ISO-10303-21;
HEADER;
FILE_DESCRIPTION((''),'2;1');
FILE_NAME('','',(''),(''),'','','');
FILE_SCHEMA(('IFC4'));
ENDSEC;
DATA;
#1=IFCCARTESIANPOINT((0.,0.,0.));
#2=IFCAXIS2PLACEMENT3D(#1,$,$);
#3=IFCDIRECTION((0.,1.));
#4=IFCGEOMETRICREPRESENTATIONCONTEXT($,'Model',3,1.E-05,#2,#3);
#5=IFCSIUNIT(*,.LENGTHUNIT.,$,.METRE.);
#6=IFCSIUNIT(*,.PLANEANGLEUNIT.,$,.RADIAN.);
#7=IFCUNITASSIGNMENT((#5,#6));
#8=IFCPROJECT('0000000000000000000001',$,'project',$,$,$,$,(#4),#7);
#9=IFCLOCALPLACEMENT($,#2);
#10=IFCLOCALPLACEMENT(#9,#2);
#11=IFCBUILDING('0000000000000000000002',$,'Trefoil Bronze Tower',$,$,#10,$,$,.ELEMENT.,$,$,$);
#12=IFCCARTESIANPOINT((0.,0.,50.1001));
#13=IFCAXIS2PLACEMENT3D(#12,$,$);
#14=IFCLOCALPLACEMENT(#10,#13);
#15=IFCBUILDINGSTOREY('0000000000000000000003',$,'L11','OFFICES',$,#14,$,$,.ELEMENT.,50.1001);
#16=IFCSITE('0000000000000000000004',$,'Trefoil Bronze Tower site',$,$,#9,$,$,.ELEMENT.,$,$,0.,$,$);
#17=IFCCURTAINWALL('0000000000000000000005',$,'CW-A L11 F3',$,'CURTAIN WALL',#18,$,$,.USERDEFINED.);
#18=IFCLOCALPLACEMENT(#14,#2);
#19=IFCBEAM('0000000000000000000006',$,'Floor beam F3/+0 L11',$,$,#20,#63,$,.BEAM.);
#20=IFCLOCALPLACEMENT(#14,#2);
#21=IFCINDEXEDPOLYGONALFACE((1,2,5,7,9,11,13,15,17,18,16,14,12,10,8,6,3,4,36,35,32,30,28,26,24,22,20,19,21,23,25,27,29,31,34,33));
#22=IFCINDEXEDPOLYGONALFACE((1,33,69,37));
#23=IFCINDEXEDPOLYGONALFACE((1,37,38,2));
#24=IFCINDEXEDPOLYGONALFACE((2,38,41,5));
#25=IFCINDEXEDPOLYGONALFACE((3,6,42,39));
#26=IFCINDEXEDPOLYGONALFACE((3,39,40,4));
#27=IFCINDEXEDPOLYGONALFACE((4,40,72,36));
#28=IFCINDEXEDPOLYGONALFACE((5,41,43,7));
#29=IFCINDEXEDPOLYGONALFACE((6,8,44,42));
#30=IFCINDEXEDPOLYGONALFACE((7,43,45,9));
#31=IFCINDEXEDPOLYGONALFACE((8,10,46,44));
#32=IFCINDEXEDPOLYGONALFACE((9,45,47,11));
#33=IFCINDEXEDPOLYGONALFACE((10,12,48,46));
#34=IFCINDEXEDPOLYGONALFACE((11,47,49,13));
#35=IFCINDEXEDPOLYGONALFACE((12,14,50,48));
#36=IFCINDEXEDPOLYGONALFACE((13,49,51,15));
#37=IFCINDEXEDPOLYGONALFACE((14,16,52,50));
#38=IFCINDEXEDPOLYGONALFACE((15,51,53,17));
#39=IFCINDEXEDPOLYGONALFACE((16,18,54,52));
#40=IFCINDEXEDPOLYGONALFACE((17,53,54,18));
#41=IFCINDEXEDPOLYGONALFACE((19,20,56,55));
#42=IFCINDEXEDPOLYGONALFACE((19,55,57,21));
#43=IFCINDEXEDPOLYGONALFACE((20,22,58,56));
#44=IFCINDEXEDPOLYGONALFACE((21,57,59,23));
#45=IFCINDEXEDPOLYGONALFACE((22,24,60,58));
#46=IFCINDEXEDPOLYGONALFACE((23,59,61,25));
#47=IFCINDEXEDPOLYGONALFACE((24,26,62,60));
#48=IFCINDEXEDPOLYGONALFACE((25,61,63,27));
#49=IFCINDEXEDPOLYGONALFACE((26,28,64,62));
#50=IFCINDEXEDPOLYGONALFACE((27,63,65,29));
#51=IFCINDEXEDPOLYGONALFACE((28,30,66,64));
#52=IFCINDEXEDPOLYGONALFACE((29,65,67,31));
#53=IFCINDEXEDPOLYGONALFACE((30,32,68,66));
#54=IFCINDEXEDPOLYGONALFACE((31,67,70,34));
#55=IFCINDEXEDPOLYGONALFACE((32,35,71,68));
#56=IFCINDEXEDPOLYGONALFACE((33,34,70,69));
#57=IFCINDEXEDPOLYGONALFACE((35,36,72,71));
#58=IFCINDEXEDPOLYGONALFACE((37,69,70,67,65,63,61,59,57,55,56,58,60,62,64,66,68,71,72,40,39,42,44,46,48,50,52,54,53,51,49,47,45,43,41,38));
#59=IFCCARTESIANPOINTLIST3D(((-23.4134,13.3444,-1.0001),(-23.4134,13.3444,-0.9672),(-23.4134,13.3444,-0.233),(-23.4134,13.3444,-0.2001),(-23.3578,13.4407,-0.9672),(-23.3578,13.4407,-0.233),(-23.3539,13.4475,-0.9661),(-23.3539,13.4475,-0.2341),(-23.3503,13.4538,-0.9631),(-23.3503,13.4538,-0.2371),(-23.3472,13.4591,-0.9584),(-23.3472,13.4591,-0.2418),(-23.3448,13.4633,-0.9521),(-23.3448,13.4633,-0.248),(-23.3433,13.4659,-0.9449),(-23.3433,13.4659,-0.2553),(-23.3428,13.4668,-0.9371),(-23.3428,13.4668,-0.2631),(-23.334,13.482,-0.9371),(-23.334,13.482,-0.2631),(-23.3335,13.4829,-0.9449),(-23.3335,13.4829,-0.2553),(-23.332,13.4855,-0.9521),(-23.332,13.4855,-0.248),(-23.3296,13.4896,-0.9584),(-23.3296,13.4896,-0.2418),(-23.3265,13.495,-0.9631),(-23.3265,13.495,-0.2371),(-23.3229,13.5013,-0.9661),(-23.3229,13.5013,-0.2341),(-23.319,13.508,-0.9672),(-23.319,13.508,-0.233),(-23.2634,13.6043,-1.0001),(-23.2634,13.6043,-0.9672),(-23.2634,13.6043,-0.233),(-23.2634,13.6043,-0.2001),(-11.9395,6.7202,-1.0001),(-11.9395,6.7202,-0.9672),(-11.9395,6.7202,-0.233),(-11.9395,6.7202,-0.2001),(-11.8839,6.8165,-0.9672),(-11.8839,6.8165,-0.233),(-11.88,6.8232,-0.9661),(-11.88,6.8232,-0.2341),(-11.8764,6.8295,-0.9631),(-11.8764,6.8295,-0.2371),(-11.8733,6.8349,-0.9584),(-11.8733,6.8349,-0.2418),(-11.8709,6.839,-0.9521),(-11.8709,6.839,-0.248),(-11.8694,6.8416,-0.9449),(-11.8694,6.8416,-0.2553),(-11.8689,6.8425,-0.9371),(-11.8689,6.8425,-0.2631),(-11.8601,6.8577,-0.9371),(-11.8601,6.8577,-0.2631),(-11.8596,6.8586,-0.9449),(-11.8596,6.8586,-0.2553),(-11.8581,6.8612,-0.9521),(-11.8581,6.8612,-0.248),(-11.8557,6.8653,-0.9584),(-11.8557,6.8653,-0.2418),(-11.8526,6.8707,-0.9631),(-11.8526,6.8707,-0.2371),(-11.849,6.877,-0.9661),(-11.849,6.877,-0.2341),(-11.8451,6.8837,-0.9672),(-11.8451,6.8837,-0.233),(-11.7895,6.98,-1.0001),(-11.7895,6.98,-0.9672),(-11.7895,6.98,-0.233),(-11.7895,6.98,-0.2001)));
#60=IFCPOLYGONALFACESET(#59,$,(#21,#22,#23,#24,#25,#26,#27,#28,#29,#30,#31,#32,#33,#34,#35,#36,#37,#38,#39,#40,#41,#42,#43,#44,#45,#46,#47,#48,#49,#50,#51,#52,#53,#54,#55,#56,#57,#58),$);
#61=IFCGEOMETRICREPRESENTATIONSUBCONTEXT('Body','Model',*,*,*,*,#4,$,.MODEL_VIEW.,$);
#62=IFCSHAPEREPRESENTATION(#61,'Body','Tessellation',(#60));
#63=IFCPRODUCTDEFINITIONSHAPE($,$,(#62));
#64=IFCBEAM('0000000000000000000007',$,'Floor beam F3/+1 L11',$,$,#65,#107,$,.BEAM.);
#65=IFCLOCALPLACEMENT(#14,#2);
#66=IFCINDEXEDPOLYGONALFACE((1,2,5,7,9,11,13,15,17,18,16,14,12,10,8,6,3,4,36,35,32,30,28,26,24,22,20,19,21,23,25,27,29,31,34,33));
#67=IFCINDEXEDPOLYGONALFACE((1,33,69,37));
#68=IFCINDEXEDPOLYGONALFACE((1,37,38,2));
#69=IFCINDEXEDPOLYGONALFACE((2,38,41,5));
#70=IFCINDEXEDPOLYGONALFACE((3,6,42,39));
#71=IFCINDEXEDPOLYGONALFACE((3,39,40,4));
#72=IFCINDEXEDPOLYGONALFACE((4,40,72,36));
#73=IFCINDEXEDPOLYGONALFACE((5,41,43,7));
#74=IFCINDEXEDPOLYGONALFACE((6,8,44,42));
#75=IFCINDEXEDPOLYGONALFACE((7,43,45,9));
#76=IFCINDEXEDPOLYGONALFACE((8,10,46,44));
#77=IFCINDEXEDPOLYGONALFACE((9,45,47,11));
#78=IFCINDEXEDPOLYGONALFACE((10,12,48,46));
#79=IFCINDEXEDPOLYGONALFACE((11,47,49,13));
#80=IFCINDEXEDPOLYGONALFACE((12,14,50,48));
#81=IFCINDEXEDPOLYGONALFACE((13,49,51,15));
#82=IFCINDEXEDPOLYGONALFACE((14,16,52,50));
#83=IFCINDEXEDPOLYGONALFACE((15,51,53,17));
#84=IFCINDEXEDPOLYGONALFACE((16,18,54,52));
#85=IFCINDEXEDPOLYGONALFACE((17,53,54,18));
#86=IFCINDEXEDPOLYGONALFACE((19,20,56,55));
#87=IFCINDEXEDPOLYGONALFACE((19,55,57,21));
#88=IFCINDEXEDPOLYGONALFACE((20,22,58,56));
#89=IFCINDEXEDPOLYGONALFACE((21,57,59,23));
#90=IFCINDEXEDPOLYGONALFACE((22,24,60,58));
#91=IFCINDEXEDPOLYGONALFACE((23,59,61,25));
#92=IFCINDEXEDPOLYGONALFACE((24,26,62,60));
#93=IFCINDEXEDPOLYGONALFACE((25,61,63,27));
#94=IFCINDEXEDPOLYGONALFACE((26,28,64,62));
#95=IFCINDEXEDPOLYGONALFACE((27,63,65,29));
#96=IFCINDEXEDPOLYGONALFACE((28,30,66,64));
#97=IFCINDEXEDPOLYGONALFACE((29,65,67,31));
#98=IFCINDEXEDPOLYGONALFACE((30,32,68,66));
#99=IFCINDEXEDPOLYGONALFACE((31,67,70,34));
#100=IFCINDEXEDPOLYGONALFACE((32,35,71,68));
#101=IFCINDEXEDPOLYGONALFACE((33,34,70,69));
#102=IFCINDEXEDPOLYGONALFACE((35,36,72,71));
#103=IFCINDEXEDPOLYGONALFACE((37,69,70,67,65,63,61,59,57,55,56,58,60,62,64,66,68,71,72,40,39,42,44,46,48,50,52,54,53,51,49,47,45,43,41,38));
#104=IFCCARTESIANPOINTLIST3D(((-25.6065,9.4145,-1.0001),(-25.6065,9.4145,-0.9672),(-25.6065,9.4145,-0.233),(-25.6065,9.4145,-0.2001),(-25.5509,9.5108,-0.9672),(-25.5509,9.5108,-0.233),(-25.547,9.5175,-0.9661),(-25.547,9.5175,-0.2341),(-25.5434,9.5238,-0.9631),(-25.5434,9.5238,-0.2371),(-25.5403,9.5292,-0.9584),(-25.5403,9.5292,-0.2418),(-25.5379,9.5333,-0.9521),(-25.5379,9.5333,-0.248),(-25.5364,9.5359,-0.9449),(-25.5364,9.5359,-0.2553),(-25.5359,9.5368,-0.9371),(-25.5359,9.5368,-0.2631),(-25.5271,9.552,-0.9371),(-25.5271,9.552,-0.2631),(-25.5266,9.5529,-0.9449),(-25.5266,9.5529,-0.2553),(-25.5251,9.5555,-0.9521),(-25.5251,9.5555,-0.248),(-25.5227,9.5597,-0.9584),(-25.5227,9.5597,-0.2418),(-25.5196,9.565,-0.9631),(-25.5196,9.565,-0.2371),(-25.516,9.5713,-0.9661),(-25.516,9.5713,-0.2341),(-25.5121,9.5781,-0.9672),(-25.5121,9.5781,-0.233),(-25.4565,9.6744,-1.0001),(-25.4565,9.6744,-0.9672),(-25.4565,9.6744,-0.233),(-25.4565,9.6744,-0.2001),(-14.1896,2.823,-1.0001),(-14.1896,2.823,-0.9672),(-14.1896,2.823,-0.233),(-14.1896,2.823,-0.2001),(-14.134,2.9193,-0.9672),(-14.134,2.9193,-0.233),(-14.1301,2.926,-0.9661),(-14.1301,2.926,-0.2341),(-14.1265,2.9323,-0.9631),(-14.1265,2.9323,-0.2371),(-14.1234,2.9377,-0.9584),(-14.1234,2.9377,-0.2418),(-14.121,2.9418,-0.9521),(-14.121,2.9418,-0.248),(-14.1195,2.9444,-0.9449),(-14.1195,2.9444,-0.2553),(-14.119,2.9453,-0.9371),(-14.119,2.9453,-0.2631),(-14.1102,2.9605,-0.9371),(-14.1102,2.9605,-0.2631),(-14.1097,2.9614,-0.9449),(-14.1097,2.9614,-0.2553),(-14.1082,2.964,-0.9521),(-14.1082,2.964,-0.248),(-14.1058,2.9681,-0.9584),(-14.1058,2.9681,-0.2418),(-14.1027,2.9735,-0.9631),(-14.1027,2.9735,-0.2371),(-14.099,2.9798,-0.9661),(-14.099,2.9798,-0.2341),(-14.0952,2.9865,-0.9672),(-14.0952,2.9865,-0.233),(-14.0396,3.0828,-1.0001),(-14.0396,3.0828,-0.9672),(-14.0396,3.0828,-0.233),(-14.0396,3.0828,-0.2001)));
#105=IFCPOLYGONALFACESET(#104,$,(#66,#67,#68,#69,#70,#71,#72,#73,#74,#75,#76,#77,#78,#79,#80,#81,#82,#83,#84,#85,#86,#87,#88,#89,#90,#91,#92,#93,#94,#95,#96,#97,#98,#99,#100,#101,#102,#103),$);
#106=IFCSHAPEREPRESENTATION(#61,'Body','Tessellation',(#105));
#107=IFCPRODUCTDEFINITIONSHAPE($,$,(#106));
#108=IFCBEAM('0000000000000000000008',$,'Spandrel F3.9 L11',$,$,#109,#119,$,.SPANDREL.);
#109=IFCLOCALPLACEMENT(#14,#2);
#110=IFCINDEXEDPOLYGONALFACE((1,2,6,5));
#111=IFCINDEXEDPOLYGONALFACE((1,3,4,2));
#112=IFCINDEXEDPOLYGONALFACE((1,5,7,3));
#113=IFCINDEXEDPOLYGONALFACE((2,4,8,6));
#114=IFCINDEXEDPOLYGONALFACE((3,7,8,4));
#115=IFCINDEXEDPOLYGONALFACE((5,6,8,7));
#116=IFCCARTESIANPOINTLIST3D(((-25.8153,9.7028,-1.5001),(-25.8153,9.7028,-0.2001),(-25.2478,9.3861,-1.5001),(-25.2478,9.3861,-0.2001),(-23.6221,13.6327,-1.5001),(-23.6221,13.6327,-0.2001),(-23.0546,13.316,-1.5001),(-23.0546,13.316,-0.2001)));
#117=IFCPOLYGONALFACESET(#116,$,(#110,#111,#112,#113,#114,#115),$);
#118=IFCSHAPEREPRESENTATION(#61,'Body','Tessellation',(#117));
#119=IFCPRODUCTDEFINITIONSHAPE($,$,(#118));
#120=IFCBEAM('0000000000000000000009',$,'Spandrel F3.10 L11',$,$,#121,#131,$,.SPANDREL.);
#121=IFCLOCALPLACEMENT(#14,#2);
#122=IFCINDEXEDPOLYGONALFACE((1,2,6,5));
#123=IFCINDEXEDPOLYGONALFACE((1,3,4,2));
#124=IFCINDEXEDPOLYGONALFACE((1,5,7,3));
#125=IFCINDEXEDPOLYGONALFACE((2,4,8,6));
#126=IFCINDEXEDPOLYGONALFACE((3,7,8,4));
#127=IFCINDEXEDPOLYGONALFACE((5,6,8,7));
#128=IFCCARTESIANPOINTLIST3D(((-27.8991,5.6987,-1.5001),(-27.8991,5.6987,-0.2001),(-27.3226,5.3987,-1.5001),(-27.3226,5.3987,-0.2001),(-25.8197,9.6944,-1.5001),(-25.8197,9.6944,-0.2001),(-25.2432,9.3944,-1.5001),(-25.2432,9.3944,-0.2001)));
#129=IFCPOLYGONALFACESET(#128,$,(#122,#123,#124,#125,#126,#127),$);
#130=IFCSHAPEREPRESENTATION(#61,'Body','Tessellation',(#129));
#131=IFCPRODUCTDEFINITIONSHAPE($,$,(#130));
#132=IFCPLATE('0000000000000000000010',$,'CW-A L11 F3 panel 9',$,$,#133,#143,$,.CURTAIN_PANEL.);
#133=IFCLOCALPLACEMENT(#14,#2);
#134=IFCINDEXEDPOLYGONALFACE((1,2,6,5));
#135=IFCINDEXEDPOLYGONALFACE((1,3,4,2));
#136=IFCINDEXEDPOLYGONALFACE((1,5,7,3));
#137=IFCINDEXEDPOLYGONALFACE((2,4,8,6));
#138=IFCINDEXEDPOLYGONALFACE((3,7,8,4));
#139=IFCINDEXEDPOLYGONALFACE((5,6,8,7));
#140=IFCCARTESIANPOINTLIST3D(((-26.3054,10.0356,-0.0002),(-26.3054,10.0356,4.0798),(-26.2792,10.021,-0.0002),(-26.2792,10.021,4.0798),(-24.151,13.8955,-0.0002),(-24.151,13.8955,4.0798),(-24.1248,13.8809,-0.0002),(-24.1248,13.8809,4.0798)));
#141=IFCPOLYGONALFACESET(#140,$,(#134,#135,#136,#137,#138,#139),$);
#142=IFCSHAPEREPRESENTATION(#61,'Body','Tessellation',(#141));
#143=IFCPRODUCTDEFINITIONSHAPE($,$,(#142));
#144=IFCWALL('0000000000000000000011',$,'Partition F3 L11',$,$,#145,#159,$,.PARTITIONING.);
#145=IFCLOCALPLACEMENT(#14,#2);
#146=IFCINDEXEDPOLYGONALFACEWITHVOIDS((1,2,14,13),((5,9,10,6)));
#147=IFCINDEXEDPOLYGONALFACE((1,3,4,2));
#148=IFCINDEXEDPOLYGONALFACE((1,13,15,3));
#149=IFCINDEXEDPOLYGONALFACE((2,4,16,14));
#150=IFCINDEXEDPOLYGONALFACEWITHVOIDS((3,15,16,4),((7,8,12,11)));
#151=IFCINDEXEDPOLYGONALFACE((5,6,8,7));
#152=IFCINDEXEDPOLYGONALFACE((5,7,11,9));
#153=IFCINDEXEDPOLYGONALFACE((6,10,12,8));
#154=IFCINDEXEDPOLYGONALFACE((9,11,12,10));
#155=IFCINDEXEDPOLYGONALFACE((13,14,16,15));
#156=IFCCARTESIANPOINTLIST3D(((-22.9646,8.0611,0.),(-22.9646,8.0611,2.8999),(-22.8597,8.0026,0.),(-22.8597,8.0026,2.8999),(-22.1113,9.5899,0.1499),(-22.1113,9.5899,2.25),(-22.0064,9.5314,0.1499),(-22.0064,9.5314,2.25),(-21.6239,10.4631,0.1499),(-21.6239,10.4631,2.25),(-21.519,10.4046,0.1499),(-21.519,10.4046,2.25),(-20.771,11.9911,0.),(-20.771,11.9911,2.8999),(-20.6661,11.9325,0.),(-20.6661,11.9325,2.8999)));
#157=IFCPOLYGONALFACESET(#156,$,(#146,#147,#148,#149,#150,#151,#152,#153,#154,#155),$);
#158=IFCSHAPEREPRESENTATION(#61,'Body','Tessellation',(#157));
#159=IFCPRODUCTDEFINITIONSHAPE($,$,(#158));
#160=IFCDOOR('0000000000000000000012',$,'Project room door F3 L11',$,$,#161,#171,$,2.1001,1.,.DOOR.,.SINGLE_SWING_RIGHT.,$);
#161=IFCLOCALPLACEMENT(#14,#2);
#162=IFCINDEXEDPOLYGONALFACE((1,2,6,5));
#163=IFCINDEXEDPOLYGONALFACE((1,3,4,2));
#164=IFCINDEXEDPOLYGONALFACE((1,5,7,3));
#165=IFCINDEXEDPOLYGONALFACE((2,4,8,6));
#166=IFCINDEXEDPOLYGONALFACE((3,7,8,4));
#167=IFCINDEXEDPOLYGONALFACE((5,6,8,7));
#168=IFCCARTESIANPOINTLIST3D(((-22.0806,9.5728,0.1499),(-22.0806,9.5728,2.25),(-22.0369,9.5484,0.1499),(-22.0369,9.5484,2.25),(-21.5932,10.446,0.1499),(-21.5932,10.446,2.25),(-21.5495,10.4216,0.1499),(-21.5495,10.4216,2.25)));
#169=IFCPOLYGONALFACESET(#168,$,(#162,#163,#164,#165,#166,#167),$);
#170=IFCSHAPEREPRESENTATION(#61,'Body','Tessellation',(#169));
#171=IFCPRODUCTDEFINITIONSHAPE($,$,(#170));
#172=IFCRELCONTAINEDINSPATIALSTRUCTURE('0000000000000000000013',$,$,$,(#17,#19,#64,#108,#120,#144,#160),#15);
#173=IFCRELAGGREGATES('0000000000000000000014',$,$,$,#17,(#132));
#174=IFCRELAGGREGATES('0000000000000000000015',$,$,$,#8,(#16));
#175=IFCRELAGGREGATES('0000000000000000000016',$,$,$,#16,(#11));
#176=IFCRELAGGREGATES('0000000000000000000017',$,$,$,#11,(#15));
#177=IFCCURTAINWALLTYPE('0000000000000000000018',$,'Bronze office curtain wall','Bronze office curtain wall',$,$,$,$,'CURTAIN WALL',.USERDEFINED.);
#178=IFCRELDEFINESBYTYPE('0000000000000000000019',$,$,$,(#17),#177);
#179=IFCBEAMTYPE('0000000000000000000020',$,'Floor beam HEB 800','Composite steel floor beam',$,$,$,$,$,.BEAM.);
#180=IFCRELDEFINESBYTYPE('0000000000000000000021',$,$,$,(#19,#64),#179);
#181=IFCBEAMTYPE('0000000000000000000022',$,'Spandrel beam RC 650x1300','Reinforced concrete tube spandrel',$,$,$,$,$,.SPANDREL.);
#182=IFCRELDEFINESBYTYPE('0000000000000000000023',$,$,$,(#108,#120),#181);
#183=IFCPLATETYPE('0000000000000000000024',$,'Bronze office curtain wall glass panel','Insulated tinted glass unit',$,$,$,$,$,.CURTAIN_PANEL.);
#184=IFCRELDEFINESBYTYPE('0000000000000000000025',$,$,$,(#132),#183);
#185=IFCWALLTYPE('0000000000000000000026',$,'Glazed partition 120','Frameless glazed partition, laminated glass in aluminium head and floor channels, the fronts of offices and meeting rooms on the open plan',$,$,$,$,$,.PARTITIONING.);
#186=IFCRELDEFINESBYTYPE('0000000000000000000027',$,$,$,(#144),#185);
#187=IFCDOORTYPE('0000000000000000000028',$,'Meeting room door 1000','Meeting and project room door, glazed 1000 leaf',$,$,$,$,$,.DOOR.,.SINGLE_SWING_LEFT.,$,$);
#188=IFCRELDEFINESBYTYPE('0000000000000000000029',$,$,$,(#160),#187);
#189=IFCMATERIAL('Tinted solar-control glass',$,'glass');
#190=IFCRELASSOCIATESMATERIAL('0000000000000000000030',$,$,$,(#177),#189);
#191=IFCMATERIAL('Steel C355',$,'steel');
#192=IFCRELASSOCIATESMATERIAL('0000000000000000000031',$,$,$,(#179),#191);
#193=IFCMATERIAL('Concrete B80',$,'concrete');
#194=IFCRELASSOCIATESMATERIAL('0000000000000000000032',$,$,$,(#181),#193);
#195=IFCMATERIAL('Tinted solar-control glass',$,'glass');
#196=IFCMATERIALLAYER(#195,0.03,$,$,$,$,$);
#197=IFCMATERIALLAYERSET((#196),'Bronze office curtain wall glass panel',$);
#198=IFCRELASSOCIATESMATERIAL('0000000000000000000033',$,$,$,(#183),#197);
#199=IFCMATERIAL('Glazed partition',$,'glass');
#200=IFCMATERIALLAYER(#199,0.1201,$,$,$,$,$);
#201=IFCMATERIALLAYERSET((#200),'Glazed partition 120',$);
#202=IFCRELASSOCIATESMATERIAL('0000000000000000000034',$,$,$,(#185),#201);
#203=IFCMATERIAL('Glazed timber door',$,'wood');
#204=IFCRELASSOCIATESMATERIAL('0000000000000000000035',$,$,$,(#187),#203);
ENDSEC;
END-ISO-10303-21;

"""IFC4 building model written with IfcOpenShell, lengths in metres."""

from ifc_helpers import new_model, si_unit, direction, frame, frame_2d, origin, origin_2d, place, context, subcontext, project, spatial, rectangle, i_section, extrude, material, layer, layer_set, material_profile, profile_set, type_object, element, fill, aggregate, save


model = new_model("IFC4")

# Units and contexts
model_context = context("Model", 3, precision=1e-05, world=origin(), true_north=direction((0.0, 1.0)))
body_context = subcontext(model_context, "Body", "Model", "MODEL_VIEW")
ifc_project = project(units=[si_unit("LENGTHUNIT", "METRE"), si_unit("PLANEANGLEUNIT", "RADIAN")], contexts=[model_context])

# Site, building, storey
site_placement = place(None, origin())
site = spatial("IfcSite", under=ifc_project, at=site_placement, Name="Trefoil Bronze Tower site", CompositionType="ELEMENT", RefElevation=0.0)
building_placement = place(site_placement, origin())
building = spatial("IfcBuilding", under=site, at=building_placement, Name="Trefoil Bronze Tower", CompositionType="ELEMENT")
storey_placement = place(building_placement, frame((0.0, 0.0, 50.1001)))
storey = spatial("IfcBuildingStorey", under=building, at=storey_placement, Name="L11", Description="OFFICES", CompositionType="ELEMENT", Elevation=50.1001)

# Curtain wall
ifc_material_1 = material(Name="Tinted solar-control glass", Category="glass")
curtain_wall_type = type_object("IfcCurtainWallType", Name="Bronze office curtain wall", Description="Bronze office curtain wall", ElementType="CURTAIN WALL", PredefinedType="USERDEFINED", material=ifc_material_1)
curtain_wall_placement = place(storey_placement, origin())
curtain_wall = element("IfcCurtainWall", 1, at=curtain_wall_placement, inside=storey, type_object=curtain_wall_type, Name="CW-A L11 F3", ObjectType="CURTAIN WALL", PredefinedType="USERDEFINED")

# Beams
ifc_material_2 = material(Name="Steel C355", Category="steel")
ifc_material_profile_1 = material_profile(ifc_material_2, i_section(OverallWidth=0.3, OverallDepth=0.8, WebThickness=0.0176, FlangeThickness=0.033, FilletRadius=0.03, at=origin_2d()), Name="HEB 800")
ifc_profile_set_1 = profile_set([ifc_material_profile_1], Name="Steel C355")
beam_type_1 = type_object("IfcBeamType", Name="Floor beam HEB 800", Description="Composite steel floor beam", PredefinedType="BEAM", material=ifc_profile_set_1)
beam_1_placement = place(storey_placement, frame((-23.3384, 13.4744, -0.6001), z_axis=(0.866031, -0.49999, 0.0), x_axis=(0.49999, 0.866031, 0.0)))
element("IfcBeam", 2, at=beam_1_placement, inside=storey, type_object=beam_type_1, Name="Floor beam F3/+0 L11", PredefinedType="BEAM", context=body_context, shape_type="SweptSolid", body=[
    extrude(i_section(OverallWidth=0.3, OverallDepth=0.8, WebThickness=0.0176, FlangeThickness=0.033, FilletRadius=0.03, at=origin_2d()), origin(), (0.0, 0.0, 1.0), 13.2488),
])
beam_2_placement = place(storey_placement, frame((-25.5315, 9.5444, -0.6001), z_axis=(0.866027, -0.499997, 0.0), x_axis=(0.499997, 0.866027, 0.0)))
element("IfcBeam", 3, at=beam_2_placement, inside=storey, type_object=beam_type_1, Name="Floor beam F3/+1 L11", PredefinedType="BEAM", context=body_context, shape_type="SweptSolid", body=[
    extrude(i_section(OverallWidth=0.3, OverallDepth=0.8, WebThickness=0.0176, FlangeThickness=0.033, FilletRadius=0.03, at=origin_2d()), origin(), (0.0, 0.0, 1.0), 13.1831),
])
ifc_material_3 = material(Name="Concrete B80", Category="concrete")
ifc_material_profile_2 = material_profile(ifc_material_3, rectangle(XDim=0.6499, YDim=1.3, at=origin_2d()), Name="RC 650x1300")
ifc_profile_set_2 = profile_set([ifc_material_profile_2], Name="Concrete B80")
beam_type_2 = type_object("IfcBeamType", Name="Spandrel beam RC 650x1300", Description="Reinforced concrete tube spandrel", PredefinedType="SPANDREL", material=ifc_profile_set_2)
beam_3_placement = place(storey_placement, frame((-23.3384, 13.4744, -0.8501), z_axis=(-0.487309, -0.873229, 0.0), x_axis=(0.873229, -0.487309, 0.0)))
element("IfcBeam", 4, at=beam_3_placement, inside=storey, type_object=beam_type_2, Name="Spandrel F3.9 L11", PredefinedType="SPANDREL", context=body_context, shape_type="SweptSolid", body=[
    extrude(rectangle(XDim=0.6499, YDim=1.3, at=origin_2d()), origin(), (0.0, 0.0, 1.0), 4.5005),
])
beam_4_placement = place(storey_placement, frame((-25.5315, 9.5444, -0.8501), z_axis=(-0.461638, -0.887069, 0.0), x_axis=(0.887069, -0.461638, 0.0)))
element("IfcBeam", 5, at=beam_4_placement, inside=storey, type_object=beam_type_2, Name="Spandrel F3.10 L11", PredefinedType="SPANDREL", context=body_context, shape_type="SweptSolid", body=[
    extrude(rectangle(XDim=0.6499, YDim=1.3, at=origin_2d()), origin(), (0.0, 0.0, 1.0), 4.5044),
])

# Plate
ifc_material_4 = material(Name="Tinted solar-control glass", Category="glass")
ifc_layer_1 = layer(ifc_material_4, 0.03)
ifc_layer_set_1 = layer_set([ifc_layer_1], Name="Bronze office curtain wall glass panel")
plate_type = type_object("IfcPlateType", Name="Bronze office curtain wall glass panel", Description="Insulated tinted glass unit", PredefinedType="CURTAIN_PANEL", material=ifc_layer_set_1)
plate_placement = place(storey_placement, frame((-25.2151, 11.9583, -0.0002), z_axis=(0.0, 0.0, 1.0), x_axis=(-0.487382, -0.873189, 0.0)))
plate = element("IfcPlate", 6, at=plate_placement, type_object=plate_type, Name="CW-A L11 F3 panel 9", PredefinedType="CURTAIN_PANEL", context=body_context, shape_type="SweptSolid", body=[
    extrude(rectangle(XDim=4.4204, YDim=0.03, at=origin_2d()), origin(), (0.0, 0.0, 1.0), 4.0801),
])
aggregate(curtain_wall, [plate])

# Wall, opening, door
ifc_material_5 = material(Name="Glazed partition", Category="glass")
ifc_layer_2 = layer(ifc_material_5, 0.1201)
ifc_layer_set_2 = layer_set([ifc_layer_2], Name="Glazed partition 120")
wall_type = type_object("IfcWallType", Name="Glazed partition 120", Description="Frameless glazed partition, laminated glass in aluminium head and floor channels, the fronts of offices and meeting rooms on the open plan", PredefinedType="PARTITIONING", material=ifc_layer_set_2)
wall_1_placement = place(storey_placement, frame((-20.7185, 11.9619, 0.0), z_axis=(0.0, 0.0, 1.0), x_axis=(-0.487392, -0.873183, 0.0)))
wall_1 = element("IfcWall", 7, at=wall_1_placement, inside=storey, type_object=wall_type, Name="Partition F3 L11", PredefinedType="PARTITIONING", context=body_context, shape_type="SweptSolid", body=[
    extrude(rectangle(XDim=4.5007, YDim=0.1201, at=frame_2d((2.2505, 0.0))), origin(), (0.0, 0.0, 1.0), 2.8999),
])
opening_1_placement = place(wall_1_placement, frame((1.75, 0.0, 0.1499)))
opening_1 = element("IfcOpeningElement", 8, at=opening_1_placement, cuts=wall_1, PredefinedType="OPENING", context=body_context, shape_type="SweptSolid", body=[
    extrude(rectangle(XDim=1.0, YDim=2.1001, at=frame_2d((0.5, 1.05))), frame((0.0, 0.0701, 0.0), z_axis=(0.0, -1.0, 0.0), x_axis=(1.0, 0.0, 0.0)), (0.0, 0.0, 1.0), 0.1401),
])
ifc_material_6 = material(Name="Glazed timber door", Category="wood")
door_type_1 = type_object("IfcDoorType", Name="Meeting room door 1000", Description="Meeting and project room door, glazed 1000 leaf", OperationType="SINGLE_SWING_LEFT", PredefinedType="DOOR", material=ifc_material_6)
door_1_placement = place(opening_1_placement, frame((1.0, 0.0, 0.0), z_axis=(0.0, 0.0, 1.0), x_axis=(-1.0, 0.0, 0.0)))
door_1 = element("IfcDoor", 9, at=door_1_placement, inside=storey, type_object=door_type_1, Name="Project room door F3 L11", OperationType="SINGLE_SWING_RIGHT", OverallHeight=2.1001, OverallWidth=1.0, PredefinedType="DOOR", context=body_context, shape_type="SweptSolid", body=[
    extrude(rectangle(XDim=1.0, YDim=2.1001, at=frame_2d((0.5, 1.05))), frame((0.0, 0.0249, 0.0), z_axis=(0.0, -1.0, 0.0), x_axis=(1.0, 0.0, 0.0)), (0.0, 0.0, 1.0), 0.05),
])
fill(opening_1, door_1)

save(model, "model.ifc")
